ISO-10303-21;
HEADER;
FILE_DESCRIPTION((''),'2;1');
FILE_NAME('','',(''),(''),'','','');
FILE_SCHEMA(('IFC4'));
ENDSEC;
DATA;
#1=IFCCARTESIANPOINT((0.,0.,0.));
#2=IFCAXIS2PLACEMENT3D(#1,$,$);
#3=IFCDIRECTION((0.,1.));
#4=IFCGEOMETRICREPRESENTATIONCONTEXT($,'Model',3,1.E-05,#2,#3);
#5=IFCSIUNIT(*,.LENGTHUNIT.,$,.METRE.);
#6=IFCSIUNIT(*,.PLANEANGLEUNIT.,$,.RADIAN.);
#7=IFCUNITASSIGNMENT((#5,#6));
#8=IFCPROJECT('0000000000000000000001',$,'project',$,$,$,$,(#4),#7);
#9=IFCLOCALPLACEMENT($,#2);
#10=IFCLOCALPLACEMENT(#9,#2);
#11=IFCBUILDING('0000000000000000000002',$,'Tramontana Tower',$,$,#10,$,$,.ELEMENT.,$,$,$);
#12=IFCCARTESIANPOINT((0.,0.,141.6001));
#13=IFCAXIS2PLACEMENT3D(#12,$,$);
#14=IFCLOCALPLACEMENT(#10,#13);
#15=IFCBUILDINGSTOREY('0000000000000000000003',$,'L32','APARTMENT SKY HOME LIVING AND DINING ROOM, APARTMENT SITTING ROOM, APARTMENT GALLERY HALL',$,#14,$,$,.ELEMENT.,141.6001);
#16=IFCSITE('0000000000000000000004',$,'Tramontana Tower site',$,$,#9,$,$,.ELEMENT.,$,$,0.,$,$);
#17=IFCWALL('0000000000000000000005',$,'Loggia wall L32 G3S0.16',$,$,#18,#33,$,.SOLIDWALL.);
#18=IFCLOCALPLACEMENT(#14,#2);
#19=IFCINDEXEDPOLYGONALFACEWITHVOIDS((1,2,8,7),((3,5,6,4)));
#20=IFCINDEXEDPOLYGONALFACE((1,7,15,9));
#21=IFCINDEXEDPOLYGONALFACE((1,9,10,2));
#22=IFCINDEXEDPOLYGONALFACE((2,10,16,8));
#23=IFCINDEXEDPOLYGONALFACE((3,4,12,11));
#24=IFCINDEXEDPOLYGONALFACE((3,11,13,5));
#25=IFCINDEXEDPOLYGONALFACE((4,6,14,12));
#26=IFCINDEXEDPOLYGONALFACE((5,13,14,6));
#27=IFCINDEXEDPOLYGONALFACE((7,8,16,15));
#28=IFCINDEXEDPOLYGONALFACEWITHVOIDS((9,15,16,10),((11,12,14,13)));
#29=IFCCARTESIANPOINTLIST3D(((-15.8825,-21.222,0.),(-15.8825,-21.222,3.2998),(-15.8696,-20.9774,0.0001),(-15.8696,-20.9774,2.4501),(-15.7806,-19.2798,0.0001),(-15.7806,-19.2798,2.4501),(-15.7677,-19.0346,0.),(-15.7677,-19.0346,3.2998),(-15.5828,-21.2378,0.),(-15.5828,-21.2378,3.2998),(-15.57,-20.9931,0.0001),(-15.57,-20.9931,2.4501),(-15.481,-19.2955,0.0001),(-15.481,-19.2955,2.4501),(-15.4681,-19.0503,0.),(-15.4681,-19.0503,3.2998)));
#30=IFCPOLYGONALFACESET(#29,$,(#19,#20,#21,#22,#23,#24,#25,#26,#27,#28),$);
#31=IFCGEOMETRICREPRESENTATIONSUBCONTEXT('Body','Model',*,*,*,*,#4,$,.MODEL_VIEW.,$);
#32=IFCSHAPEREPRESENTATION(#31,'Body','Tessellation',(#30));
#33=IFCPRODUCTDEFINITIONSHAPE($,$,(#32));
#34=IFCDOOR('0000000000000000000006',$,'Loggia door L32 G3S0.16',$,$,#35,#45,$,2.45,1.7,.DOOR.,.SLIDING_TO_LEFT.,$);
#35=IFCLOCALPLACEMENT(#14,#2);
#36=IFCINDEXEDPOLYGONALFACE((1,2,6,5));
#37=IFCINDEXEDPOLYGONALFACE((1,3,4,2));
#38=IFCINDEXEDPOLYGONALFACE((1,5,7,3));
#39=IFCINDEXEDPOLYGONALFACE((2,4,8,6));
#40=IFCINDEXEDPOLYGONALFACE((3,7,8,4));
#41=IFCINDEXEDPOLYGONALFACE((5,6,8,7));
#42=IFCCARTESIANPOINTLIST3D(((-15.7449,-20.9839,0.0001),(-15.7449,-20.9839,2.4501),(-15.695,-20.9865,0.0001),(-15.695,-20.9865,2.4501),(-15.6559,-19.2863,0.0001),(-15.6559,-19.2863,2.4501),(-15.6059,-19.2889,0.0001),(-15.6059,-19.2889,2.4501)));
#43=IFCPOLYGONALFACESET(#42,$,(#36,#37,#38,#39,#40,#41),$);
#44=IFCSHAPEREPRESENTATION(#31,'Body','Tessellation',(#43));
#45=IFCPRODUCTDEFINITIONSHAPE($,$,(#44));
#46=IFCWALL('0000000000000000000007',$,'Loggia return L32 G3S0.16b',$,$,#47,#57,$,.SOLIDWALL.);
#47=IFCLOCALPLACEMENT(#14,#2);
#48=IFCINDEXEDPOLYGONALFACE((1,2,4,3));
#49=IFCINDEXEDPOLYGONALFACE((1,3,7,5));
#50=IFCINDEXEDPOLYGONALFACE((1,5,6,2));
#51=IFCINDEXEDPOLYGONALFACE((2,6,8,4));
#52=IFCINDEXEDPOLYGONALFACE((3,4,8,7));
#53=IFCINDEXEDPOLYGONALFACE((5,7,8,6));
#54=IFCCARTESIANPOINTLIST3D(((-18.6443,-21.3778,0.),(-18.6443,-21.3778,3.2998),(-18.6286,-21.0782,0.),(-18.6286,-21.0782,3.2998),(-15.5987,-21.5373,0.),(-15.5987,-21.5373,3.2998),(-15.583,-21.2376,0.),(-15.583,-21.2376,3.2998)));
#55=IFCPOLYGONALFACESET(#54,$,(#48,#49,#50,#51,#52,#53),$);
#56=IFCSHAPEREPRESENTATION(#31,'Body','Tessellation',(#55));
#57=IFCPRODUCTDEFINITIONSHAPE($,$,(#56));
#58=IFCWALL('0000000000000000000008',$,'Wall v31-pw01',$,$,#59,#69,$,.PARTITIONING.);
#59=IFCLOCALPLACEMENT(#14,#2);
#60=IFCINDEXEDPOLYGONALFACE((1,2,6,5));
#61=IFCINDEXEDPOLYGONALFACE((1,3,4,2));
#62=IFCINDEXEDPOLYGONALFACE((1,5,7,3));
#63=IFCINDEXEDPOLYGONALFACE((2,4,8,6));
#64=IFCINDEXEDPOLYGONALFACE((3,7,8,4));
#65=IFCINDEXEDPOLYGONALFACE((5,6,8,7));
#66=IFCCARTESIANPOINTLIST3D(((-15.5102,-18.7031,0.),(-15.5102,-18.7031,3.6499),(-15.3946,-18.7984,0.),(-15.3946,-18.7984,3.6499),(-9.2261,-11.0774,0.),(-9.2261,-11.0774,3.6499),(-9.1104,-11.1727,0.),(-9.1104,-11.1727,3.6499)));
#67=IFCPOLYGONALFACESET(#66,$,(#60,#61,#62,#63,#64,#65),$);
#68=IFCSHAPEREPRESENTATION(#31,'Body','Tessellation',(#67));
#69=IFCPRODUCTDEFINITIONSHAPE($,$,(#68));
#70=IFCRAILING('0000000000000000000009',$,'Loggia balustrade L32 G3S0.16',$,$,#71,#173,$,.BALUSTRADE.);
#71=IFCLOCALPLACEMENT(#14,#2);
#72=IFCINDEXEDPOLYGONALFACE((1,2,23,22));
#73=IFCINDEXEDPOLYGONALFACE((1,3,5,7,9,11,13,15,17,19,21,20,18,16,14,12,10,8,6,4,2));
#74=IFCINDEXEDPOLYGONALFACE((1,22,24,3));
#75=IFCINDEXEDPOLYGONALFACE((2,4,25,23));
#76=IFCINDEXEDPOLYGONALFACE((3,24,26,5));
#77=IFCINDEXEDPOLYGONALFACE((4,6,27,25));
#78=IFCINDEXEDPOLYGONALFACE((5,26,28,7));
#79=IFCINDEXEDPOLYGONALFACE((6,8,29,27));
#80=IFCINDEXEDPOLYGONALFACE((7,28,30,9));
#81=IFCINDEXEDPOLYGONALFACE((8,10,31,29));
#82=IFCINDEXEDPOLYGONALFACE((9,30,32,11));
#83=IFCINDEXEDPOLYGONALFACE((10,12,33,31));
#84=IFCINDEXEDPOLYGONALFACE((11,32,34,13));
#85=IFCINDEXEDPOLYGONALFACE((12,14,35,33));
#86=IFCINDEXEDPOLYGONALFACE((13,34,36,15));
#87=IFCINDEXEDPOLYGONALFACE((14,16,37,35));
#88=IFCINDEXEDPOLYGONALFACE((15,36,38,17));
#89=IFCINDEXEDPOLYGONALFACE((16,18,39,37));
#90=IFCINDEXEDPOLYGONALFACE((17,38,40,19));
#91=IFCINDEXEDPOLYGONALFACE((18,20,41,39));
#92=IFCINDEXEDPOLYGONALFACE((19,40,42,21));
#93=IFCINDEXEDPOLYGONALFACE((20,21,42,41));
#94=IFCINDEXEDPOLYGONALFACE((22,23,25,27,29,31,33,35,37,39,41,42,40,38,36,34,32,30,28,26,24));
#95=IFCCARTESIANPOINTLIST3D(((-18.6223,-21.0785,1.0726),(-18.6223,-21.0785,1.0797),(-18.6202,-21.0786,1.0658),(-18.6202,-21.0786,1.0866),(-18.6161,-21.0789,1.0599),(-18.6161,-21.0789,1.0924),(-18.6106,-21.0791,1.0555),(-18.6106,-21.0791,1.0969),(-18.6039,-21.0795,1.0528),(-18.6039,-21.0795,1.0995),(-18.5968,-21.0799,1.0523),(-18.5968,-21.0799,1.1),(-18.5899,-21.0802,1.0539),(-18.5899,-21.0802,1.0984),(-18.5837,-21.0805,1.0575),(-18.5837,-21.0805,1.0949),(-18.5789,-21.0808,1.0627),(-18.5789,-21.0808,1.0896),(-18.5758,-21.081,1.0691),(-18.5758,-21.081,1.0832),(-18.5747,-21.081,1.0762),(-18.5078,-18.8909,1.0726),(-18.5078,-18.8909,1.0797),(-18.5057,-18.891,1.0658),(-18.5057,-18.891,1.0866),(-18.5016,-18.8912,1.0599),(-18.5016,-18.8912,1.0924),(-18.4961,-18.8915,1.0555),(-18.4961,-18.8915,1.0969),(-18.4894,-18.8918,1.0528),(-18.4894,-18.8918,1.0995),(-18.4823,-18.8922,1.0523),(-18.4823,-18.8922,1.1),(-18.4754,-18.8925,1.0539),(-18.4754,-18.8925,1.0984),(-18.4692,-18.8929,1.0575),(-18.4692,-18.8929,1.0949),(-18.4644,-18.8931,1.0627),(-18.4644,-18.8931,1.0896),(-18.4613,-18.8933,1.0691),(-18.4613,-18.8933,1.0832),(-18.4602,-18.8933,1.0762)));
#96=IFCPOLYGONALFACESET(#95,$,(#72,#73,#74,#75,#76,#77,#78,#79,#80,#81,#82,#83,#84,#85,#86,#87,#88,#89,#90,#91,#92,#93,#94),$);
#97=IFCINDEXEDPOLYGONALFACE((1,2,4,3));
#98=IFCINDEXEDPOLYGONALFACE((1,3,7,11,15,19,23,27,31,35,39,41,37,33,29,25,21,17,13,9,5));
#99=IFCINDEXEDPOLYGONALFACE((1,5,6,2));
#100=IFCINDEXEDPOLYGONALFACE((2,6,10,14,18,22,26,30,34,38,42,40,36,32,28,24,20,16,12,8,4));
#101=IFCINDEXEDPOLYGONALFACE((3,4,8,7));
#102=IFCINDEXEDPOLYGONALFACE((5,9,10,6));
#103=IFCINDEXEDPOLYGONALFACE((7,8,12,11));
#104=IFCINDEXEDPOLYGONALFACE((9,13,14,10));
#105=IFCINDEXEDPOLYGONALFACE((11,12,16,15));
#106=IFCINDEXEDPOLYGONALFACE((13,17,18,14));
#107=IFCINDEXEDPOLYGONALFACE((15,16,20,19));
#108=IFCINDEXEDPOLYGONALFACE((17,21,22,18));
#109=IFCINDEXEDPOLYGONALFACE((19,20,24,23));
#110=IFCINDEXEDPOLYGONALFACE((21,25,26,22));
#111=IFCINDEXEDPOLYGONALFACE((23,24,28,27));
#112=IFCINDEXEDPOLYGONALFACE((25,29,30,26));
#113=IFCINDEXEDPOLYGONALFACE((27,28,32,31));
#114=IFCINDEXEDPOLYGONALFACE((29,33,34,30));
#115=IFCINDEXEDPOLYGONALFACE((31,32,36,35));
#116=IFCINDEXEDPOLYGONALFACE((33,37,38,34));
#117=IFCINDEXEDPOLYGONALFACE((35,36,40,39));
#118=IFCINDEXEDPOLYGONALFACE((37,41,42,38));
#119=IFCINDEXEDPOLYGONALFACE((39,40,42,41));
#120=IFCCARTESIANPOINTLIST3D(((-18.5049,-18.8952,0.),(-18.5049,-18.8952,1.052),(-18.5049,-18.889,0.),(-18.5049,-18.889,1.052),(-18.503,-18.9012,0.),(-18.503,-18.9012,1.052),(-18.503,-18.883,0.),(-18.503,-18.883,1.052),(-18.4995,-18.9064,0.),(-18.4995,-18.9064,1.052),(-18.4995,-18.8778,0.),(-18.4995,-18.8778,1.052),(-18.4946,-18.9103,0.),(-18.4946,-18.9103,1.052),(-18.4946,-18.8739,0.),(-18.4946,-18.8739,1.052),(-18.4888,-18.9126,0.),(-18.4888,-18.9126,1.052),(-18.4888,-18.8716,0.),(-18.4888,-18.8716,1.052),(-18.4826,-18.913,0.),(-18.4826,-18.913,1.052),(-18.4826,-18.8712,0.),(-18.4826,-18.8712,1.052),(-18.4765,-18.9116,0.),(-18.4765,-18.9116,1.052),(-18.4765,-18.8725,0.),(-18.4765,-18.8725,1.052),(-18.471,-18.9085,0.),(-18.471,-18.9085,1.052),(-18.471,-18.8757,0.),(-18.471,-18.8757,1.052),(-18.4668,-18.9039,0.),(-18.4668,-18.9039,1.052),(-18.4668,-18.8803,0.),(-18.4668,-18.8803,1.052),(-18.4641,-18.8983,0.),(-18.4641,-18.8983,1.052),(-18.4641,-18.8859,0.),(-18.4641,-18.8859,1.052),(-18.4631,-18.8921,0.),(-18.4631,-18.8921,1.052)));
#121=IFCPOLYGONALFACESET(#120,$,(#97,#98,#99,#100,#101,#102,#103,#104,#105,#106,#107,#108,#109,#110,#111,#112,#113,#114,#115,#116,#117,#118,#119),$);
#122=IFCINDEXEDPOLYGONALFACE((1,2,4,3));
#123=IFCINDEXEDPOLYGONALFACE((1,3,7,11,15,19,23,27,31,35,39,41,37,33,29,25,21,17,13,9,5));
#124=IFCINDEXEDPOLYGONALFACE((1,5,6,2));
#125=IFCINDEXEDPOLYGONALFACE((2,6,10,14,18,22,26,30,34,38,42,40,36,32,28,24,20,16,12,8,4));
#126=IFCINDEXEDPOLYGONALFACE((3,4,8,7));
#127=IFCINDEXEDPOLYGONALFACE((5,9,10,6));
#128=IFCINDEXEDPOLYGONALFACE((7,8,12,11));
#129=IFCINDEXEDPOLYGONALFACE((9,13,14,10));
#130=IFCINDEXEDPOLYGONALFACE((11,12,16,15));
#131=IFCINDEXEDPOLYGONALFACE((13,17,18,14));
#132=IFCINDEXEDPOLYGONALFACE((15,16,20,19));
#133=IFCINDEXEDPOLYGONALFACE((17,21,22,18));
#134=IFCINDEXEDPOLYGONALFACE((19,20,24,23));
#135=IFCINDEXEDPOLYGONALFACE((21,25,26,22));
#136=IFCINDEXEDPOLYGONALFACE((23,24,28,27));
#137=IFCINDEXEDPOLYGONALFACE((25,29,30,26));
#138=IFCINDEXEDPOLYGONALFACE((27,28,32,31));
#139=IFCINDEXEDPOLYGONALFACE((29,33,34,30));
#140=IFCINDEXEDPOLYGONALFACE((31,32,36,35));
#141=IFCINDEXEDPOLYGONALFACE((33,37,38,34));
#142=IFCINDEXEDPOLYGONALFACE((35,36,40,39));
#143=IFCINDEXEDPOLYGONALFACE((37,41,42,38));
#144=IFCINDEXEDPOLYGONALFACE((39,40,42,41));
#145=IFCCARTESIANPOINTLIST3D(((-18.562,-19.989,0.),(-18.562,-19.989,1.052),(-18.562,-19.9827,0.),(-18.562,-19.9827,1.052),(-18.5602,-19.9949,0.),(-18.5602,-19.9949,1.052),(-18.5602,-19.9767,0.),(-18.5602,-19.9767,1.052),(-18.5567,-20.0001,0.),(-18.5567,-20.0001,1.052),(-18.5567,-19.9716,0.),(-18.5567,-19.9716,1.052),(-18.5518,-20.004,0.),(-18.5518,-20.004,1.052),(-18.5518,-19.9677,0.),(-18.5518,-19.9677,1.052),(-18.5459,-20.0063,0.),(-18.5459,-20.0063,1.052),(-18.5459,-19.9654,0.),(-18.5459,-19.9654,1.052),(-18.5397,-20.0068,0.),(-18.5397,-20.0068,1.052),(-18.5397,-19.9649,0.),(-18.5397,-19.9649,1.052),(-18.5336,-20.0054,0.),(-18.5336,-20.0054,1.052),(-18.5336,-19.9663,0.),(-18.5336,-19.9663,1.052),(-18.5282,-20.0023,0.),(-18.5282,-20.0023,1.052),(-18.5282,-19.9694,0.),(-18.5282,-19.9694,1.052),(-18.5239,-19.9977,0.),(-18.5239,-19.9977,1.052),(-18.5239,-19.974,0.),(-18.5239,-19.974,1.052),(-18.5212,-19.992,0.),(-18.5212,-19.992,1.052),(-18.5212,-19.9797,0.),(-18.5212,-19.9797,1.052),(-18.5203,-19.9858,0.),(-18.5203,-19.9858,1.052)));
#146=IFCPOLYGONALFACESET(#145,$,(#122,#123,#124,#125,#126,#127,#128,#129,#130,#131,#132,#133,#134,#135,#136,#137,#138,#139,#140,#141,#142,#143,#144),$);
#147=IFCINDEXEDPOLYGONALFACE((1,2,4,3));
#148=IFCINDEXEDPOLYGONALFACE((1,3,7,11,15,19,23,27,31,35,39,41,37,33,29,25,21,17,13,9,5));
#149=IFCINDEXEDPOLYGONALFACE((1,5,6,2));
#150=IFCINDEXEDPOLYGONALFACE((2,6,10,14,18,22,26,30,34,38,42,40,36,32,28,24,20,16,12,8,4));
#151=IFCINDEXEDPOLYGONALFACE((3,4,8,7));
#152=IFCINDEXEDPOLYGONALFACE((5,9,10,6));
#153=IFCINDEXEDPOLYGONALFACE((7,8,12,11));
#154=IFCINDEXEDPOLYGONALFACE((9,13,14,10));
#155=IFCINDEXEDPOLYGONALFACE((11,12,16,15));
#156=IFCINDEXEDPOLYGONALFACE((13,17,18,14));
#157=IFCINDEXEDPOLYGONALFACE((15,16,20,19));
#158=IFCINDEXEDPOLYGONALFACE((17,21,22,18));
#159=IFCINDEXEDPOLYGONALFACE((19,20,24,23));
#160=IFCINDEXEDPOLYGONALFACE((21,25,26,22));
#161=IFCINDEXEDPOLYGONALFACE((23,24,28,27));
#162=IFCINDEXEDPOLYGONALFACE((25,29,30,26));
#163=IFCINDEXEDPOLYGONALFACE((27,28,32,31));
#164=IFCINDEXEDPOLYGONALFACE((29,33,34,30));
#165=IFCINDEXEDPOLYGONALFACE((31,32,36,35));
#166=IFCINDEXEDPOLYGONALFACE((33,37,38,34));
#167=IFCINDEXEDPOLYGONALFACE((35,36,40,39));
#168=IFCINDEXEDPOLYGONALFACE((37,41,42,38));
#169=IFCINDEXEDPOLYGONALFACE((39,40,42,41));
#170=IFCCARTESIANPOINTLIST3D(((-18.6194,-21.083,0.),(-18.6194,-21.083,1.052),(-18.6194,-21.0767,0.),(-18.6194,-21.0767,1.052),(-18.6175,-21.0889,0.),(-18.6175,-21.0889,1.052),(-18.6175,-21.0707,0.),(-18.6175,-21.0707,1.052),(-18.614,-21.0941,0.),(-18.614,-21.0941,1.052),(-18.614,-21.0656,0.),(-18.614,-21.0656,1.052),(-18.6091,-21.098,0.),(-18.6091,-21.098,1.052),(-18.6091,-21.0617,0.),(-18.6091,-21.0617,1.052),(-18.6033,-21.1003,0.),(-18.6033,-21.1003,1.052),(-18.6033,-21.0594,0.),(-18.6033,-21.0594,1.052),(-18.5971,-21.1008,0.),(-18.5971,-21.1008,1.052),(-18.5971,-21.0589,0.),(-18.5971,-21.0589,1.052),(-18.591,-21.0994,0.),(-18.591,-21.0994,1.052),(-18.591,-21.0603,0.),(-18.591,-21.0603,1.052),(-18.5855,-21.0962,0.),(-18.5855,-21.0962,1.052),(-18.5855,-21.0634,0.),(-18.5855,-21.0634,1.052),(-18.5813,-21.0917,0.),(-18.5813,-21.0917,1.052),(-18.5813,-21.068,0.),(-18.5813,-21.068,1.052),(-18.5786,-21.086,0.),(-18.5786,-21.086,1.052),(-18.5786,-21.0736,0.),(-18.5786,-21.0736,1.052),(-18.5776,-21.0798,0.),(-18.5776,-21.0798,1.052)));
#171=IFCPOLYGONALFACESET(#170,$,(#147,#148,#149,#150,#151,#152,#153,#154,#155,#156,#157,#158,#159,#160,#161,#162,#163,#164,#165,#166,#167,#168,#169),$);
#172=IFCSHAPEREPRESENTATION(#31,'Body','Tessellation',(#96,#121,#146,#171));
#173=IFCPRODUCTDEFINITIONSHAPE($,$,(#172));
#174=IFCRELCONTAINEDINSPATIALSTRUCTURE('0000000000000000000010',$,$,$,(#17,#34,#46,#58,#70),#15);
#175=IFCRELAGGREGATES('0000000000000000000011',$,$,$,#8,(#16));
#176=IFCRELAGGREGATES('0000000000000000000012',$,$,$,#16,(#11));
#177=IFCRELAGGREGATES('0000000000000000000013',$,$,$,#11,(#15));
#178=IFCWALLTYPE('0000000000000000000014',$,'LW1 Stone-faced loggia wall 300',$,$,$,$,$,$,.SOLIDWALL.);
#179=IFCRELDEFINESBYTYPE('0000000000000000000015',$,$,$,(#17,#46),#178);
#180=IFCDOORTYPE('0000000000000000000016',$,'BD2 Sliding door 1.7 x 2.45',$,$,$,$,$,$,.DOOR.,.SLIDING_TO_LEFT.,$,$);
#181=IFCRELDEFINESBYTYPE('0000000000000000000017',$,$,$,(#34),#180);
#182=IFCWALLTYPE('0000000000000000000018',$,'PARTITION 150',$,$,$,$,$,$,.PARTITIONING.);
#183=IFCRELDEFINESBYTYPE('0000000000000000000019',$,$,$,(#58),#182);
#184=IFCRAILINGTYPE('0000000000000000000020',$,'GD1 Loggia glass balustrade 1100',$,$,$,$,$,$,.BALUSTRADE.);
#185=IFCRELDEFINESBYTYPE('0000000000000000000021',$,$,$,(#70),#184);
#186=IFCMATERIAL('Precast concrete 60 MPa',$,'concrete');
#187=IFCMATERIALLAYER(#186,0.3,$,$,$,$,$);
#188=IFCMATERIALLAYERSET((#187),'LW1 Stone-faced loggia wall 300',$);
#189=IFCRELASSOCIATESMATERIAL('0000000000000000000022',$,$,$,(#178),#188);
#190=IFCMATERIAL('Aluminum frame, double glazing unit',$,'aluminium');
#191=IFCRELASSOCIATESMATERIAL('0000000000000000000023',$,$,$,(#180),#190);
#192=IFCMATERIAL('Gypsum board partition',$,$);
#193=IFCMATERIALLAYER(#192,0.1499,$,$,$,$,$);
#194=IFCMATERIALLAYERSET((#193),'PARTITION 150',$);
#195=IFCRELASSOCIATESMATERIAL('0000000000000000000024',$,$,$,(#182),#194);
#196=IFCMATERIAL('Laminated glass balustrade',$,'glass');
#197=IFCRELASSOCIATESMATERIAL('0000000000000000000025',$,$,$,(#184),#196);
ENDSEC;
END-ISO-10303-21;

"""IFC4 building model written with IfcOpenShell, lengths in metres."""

from ifc_helpers import new_model, si_unit, direction, frame, frame_2d, origin, origin_2d, place, context, subcontext, project, spatial, rectangle, circle, extrude, material, layer, layer_set, type_object, element, fill, save


model = new_model("IFC4")

# Units and contexts
model_context = context("Model", 3, precision=1e-05, world=origin(), true_north=direction((0.0, 1.0)))
body_context = subcontext(model_context, "Body", "Model", "MODEL_VIEW")
ifc_project = project(units=[si_unit("LENGTHUNIT", "METRE"), si_unit("PLANEANGLEUNIT", "RADIAN")], contexts=[model_context])

# Site, building, storey
site_placement = place(None, origin())
site = spatial("IfcSite", under=ifc_project, at=site_placement, Name="Tramontana Tower site", CompositionType="ELEMENT", RefElevation=0.0)
building_placement = place(site_placement, origin())
building = spatial("IfcBuilding", under=site, at=building_placement, Name="Tramontana Tower", CompositionType="ELEMENT")
storey_placement = place(building_placement, frame((0.0, 0.0, 141.6001)))
storey = spatial("IfcBuildingStorey", under=building, at=storey_placement, Name="L32", Description="APARTMENT SKY HOME LIVING AND DINING ROOM, APARTMENT SITTING ROOM, APARTMENT GALLERY HALL", CompositionType="ELEMENT", Elevation=141.6001)

# Wall, opening, door
ifc_material_1 = material(Name="Precast concrete 60 MPa", Category="concrete")
ifc_layer_1 = layer(ifc_material_1, 0.3)
ifc_layer_set_1 = layer_set([ifc_layer_1], Name="LW1 Stone-faced loggia wall 300")
wall_type_1 = type_object("IfcWallType", Name="LW1 Stone-faced loggia wall 300", PredefinedType="SOLIDWALL", material=ifc_layer_set_1)
wall_1_placement = place(storey_placement, frame((-15.6179, -19.0425, 0.0), z_axis=(0.0, 0.0, 1.0), x_axis=(-0.052383, -0.998627, 0.0)))
wall_1 = element("IfcWall", 1, at=wall_1_placement, inside=storey, type_object=wall_type_1, Name="Loggia wall L32 G3S0.16", PredefinedType="SOLIDWALL", context=body_context, shape_type="SweptSolid", body=[
    extrude(rectangle(XDim=2.1904, YDim=0.3, at=frame_2d((1.0952, 0.0))), origin(), (0.0, 0.0, 1.0), 3.2998),
])
opening_1_placement = place(wall_1_placement, frame((0.2454, 0.0, 0.0)))
opening_1 = element("IfcOpeningElement", 2, at=opening_1_placement, cuts=wall_1, PredefinedType="OPENING", context=body_context, shape_type="SweptSolid", body=[
    extrude(rectangle(XDim=1.7, YDim=2.45, at=frame_2d((0.8501, 1.2251))), frame((0.0, 0.1599, 0.0), z_axis=(0.0, -1.0, 0.0), x_axis=(1.0, 0.0, 0.0)), (0.0, 0.0, 1.0), 0.3201),
])
ifc_material_2 = material(Name="Aluminum frame, double glazing unit", Category="aluminium")
door_type_1 = type_object("IfcDoorType", Name="BD2 Sliding door 1.7 x 2.45", OperationType="SLIDING_TO_LEFT", PredefinedType="DOOR", material=ifc_material_2)
door_1_placement = place(opening_1_placement, origin())
door_1 = element("IfcDoor", 3, at=door_1_placement, inside=storey, type_object=door_type_1, Name="Loggia door L32 G3S0.16", OperationType="SLIDING_TO_LEFT", OverallHeight=2.45, OverallWidth=1.7, PredefinedType="DOOR", context=body_context, shape_type="SweptSolid", body=[
    extrude(rectangle(XDim=1.7, YDim=2.45, at=frame_2d((0.8501, 1.2251))), frame((0.0, 0.0249, 0.0), z_axis=(0.0, -1.0, 0.0), x_axis=(1.0, 0.0, 0.0)), (0.0, 0.0, 1.0), 0.05),
])
fill(opening_1, door_1)

# Walls
wall_2_placement = place(storey_placement, frame((-18.6365, -21.228, 0.0), z_axis=(0.0, 0.0, 1.0), x_axis=(0.998633, -0.052273, 0.0)))
element("IfcWall", 4, at=wall_2_placement, inside=storey, type_object=wall_type_1, Name="Loggia return L32 G3S0.16b", PredefinedType="SOLIDWALL", context=body_context, shape_type="SweptSolid", body=[
    extrude(rectangle(XDim=3.0498, YDim=0.3, at=frame_2d((1.5249, 0.0))), origin(), (0.0, 0.0, 1.0), 3.2998),
])
ifc_material_3 = material(Name="Gypsum board partition")
ifc_layer_2 = layer(ifc_material_3, 0.1499)
ifc_layer_set_2 = layer_set([ifc_layer_2], Name="PARTITION 150")
wall_type_2 = type_object("IfcWallType", Name="PARTITION 150", PredefinedType="PARTITIONING", material=ifc_layer_set_2)
wall_3_placement = place(storey_placement, frame((-15.4524, -18.7507, 0.0), z_axis=(0.0, 0.0, 1.0), x_axis=(0.635958, 0.771723, 0.0)))
element("IfcWall", 5, at=wall_3_placement, inside=storey, type_object=wall_type_2, Name="Wall v31-pw01", PredefinedType="PARTITIONING", context=body_context, shape_type="SweptSolid", body=[
    extrude(rectangle(XDim=9.8813, YDim=0.1499, at=frame_2d((4.9407, 0.0))), origin(), (0.0, 0.0, 1.0), 3.6499),
])

# Railing
ifc_material_4 = material(Name="Laminated glass balustrade", Category="glass")
railing_type = type_object("IfcRailingType", Name="GD1 Loggia glass balustrade 1100", PredefinedType="BALUSTRADE", material=ifc_material_4)
railing_1_placement = place(storey_placement, frame((-18.4841, -18.8921, 0.0)))
element("IfcRailing", 6, at=railing_1_placement, inside=storey, type_object=railing_type, Name="Loggia balustrade L32 G3S0.16", PredefinedType="BALUSTRADE", context=body_context, shape_type="SweptSolid", body=[
    extrude(circle(Radius=0.0239, at=origin_2d()), frame((0.0, 0.0, 1.0762), z_axis=(-0.052266, -0.998633, 0.0), x_axis=(0.998633, -0.052266, 0.0)), (0.0, 0.0, 1.0), 2.1907),
    extrude(circle(Radius=0.021, at=origin_2d()), origin(), (0.0, 0.0, 1.0), 1.052),
    extrude(circle(Radius=0.021, at=origin_2d()), frame((-0.0571, -1.0938, 0.0)), (0.0, 0.0, 1.0), 1.052),
    extrude(circle(Radius=0.021, at=origin_2d()), frame((-0.1145, -2.1877, 0.0)), (0.0, 0.0, 1.0), 1.052),
])

save(model, "model.ifc")
